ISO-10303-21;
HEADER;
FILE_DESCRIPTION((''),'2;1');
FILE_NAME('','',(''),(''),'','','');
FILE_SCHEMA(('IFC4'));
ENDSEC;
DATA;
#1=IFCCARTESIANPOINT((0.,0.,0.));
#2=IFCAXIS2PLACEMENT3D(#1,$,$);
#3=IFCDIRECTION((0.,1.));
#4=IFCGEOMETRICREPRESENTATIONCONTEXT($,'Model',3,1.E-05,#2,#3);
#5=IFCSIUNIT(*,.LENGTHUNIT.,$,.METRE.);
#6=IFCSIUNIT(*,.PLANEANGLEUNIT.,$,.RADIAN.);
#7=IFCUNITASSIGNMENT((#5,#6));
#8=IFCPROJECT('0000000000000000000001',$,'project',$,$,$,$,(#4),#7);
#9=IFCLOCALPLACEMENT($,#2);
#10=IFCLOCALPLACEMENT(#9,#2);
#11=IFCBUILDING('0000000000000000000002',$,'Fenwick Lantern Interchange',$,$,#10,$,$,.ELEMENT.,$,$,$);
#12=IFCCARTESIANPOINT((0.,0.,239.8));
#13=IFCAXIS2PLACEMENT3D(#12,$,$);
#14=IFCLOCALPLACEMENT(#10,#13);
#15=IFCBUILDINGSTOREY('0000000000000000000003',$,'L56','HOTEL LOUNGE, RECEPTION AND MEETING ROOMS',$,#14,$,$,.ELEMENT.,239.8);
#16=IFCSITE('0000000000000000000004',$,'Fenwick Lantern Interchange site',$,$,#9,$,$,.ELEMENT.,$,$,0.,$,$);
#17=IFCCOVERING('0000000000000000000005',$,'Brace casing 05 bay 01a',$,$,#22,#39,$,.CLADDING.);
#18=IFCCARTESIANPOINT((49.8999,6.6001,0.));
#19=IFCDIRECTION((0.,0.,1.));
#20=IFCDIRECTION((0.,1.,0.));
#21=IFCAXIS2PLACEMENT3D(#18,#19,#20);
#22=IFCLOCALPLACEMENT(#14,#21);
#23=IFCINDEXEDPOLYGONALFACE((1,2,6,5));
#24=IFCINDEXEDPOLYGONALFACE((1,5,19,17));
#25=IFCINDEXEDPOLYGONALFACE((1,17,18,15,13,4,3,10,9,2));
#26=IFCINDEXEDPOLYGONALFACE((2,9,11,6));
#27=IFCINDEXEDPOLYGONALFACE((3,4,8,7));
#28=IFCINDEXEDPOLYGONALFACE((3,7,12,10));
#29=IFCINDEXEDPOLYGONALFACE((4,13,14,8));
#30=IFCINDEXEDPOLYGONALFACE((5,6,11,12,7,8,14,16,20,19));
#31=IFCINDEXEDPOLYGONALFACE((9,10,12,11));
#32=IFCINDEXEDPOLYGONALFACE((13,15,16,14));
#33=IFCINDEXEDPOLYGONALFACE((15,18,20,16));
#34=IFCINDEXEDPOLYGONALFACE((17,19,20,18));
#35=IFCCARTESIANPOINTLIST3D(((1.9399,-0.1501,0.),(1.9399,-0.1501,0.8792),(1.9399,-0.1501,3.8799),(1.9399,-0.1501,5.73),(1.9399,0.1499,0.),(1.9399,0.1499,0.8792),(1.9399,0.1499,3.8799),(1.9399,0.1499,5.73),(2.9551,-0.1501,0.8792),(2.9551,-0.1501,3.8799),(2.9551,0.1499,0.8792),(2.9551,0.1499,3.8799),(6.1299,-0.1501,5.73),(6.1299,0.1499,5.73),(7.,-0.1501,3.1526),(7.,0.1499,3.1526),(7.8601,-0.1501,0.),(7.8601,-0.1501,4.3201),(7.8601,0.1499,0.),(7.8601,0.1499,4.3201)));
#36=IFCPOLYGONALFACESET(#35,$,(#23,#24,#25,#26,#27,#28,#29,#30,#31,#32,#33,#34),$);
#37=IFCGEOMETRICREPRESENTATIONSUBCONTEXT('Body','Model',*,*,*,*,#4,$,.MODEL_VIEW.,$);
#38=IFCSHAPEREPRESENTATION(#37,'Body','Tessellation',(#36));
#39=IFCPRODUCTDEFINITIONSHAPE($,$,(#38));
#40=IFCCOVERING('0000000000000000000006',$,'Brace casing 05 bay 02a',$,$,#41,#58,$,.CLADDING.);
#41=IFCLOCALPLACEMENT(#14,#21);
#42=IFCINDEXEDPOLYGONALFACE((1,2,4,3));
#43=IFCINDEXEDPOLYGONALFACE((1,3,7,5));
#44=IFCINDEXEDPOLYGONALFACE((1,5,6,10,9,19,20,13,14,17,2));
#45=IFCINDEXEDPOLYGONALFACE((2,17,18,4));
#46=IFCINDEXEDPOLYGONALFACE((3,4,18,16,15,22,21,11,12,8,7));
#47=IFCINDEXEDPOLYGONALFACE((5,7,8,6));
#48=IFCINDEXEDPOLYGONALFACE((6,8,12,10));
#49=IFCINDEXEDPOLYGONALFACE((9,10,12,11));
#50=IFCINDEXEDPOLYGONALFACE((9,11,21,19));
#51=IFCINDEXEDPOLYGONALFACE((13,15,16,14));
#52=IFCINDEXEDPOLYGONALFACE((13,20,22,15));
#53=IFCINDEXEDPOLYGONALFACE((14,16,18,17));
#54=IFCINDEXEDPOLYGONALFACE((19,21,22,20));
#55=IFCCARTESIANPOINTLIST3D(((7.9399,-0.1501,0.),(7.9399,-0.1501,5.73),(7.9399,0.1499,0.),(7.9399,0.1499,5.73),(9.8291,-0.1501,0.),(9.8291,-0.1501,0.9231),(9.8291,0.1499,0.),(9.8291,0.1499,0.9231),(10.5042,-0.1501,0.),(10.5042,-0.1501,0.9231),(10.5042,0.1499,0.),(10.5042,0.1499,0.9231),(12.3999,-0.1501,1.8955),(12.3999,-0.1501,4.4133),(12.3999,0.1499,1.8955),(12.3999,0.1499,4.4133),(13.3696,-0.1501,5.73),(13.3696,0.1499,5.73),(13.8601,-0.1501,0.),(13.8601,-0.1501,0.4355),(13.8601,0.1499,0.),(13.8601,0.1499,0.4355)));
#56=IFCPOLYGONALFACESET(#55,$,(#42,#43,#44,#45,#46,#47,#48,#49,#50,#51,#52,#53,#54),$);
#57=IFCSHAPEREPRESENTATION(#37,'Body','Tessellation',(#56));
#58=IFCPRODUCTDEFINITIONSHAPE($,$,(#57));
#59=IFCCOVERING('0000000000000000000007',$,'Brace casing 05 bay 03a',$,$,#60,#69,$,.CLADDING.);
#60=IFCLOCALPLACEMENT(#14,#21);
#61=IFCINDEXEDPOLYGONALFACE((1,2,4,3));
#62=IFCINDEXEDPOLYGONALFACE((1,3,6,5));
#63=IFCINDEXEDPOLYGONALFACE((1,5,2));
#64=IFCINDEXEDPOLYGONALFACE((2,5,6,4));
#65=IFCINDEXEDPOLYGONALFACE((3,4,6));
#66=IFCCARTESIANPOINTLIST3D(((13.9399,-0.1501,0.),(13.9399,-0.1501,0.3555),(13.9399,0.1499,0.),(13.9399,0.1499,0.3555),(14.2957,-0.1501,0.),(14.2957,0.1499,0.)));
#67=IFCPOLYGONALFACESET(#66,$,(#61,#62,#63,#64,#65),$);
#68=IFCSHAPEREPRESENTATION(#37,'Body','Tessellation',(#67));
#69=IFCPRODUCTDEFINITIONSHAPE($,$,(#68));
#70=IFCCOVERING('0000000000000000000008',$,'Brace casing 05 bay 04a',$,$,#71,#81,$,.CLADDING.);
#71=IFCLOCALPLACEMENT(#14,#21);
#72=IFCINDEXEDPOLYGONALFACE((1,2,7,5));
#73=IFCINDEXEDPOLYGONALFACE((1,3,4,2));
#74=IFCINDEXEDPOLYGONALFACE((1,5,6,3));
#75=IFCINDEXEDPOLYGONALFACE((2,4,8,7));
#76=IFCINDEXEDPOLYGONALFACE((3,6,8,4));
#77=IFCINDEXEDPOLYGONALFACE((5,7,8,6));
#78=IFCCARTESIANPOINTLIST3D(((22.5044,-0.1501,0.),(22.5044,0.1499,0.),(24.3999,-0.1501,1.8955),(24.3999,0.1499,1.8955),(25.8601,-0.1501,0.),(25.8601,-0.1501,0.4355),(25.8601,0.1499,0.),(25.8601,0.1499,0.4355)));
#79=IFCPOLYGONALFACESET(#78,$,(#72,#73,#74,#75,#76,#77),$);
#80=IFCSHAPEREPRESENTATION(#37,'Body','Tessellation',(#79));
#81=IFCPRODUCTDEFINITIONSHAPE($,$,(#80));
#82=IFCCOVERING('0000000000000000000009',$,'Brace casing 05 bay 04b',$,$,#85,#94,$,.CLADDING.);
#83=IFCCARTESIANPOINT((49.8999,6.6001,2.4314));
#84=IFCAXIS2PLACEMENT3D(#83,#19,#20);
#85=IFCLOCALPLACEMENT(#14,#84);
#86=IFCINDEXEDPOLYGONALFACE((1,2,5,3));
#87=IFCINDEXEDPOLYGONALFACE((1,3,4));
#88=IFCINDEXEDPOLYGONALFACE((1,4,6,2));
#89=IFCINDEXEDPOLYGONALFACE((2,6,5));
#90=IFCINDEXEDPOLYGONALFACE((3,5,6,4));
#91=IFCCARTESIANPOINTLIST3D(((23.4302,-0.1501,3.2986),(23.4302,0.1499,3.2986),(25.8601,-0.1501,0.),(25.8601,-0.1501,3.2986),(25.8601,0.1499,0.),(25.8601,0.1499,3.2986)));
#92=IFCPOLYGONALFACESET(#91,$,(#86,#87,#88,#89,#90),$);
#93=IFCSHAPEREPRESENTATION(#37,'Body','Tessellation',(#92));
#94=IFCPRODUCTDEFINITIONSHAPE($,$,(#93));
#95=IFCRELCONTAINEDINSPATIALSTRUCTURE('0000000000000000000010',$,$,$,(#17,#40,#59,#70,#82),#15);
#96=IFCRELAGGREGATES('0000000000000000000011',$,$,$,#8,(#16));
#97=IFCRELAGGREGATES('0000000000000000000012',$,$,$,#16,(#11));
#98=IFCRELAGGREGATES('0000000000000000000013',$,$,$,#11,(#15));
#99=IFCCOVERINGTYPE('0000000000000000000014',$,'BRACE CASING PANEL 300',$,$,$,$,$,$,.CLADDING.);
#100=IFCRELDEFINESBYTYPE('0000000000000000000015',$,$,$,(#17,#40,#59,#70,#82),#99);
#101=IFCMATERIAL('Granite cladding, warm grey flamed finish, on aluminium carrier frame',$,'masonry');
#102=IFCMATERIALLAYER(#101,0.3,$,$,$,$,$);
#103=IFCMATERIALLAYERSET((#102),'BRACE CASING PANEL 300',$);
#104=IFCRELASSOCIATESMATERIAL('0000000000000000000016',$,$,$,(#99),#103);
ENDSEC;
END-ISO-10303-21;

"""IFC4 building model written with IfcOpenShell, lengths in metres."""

from ifc_helpers import new_model, si_unit, direction, frame, origin, place, context, subcontext, project, spatial, polyline, outline, extrude, material, layer, layer_set, type_object, element, save


model = new_model("IFC4")

# Units and contexts
model_context = context("Model", 3, precision=1e-05, world=origin(), true_north=direction((0.0, 1.0)))
body_context = subcontext(model_context, "Body", "Model", "MODEL_VIEW")
ifc_project = project(units=[si_unit("LENGTHUNIT", "METRE"), si_unit("PLANEANGLEUNIT", "RADIAN")], contexts=[model_context])

# Site, building, storey
site_placement = place(None, origin())
site = spatial("IfcSite", under=ifc_project, at=site_placement, Name="Fenwick Lantern Interchange site", CompositionType="ELEMENT", RefElevation=0.0)
building_placement = place(site_placement, origin())
building = spatial("IfcBuilding", under=site, at=building_placement, Name="Fenwick Lantern Interchange", CompositionType="ELEMENT")
storey_placement = place(building_placement, frame((0.0, 0.0, 239.8)))
storey = spatial("IfcBuildingStorey", under=building, at=storey_placement, Name="L56", Description="HOTEL LOUNGE, RECEPTION AND MEETING ROOMS", CompositionType="ELEMENT", Elevation=239.8)

# Coverings
ifc_material_1 = material(Name="Granite cladding, warm grey flamed finish, on aluminium carrier frame", Category="masonry")
ifc_layer_1 = layer(ifc_material_1, 0.3)
ifc_layer_set_1 = layer_set([ifc_layer_1], Name="BRACE CASING PANEL 300")
covering_type = type_object("IfcCoveringType", Name="BRACE CASING PANEL 300", PredefinedType="CLADDING", material=ifc_layer_set_1)
covering_1_placement = place(storey_placement, frame((49.8999, 6.6001, 0.0), z_axis=(0.0, 0.0, 1.0), x_axis=(0.0, 1.0, 0.0)))
element("IfcCovering", 1, at=covering_1_placement, inside=storey, type_object=covering_type, Name="Brace casing 05 bay 01a", PredefinedType="CLADDING", context=body_context, shape_type="SweptSolid", body=[
    extrude(outline(polyline([(1.9399, 0.0), (7.8601, 0.0), (7.8601, 4.3201), (7.0, 3.1526), (6.1299, 5.73), (1.9399, 5.73), (1.9399, 3.8799), (2.9551, 3.8799), (2.9551, 0.8792), (1.9399, 0.8792), (1.9399, 0.0)])), frame((0.0, 0.1499, 0.0), z_axis=(0.0, -1.0, 0.0), x_axis=(1.0, 0.0, 0.0)), (0.0, 0.0, 1.0), 0.3),
])
covering_2_placement = place(storey_placement, frame((49.8999, 6.6001, 0.0), z_axis=(0.0, 0.0, 1.0), x_axis=(0.0, 1.0, 0.0)))
element("IfcCovering", 2, at=covering_2_placement, inside=storey, type_object=covering_type, Name="Brace casing 05 bay 02a", PredefinedType="CLADDING", context=body_context, shape_type="SweptSolid", body=[
    extrude(outline(polyline([(7.9399, 0.0), (9.8291, 0.0), (9.8291, 0.9231), (10.5042, 0.9231), (10.5042, 0.0), (13.8601, 0.0), (13.8601, 0.4355), (12.3999, 1.8955), (12.3999, 4.4133), (13.3696, 5.73), (7.9399, 5.73), (7.9399, 0.0)])), frame((0.0, 0.1499, 0.0), z_axis=(0.0, -1.0, 0.0), x_axis=(1.0, 0.0, 0.0)), (0.0, 0.0, 1.0), 0.3),
])
covering_3_placement = place(storey_placement, frame((49.8999, 6.6001, 0.0), z_axis=(0.0, 0.0, 1.0), x_axis=(0.0, 1.0, 0.0)))
element("IfcCovering", 3, at=covering_3_placement, inside=storey, type_object=covering_type, Name="Brace casing 05 bay 03a", PredefinedType="CLADDING", context=body_context, shape_type="SweptSolid", body=[
    extrude(outline(polyline([(13.9399, 0.0), (14.2957, 0.0), (13.9399, 0.3555), (13.9399, 0.0)])), frame((0.0, 0.1499, 0.0), z_axis=(0.0, -1.0, 0.0), x_axis=(1.0, 0.0, 0.0)), (0.0, 0.0, 1.0), 0.3),
])
covering_4_placement = place(storey_placement, frame((49.8999, 6.6001, 0.0), z_axis=(0.0, 0.0, 1.0), x_axis=(0.0, 1.0, 0.0)))
element("IfcCovering", 4, at=covering_4_placement, inside=storey, type_object=covering_type, Name="Brace casing 05 bay 04a", PredefinedType="CLADDING", context=body_context, shape_type="SweptSolid", body=[
    extrude(outline(polyline([(22.5044, 0.0), (25.8601, 0.0), (25.8601, 0.4355), (24.3999, 1.8955), (22.5044, 0.0)])), frame((0.0, 0.1499, 0.0), z_axis=(0.0, -1.0, 0.0), x_axis=(1.0, 0.0, 0.0)), (0.0, 0.0, 1.0), 0.3),
])
covering_5_placement = place(storey_placement, frame((49.8999, 6.6001, 2.4314), z_axis=(0.0, 0.0, 1.0), x_axis=(0.0, 1.0, 0.0)))
element("IfcCovering", 5, at=covering_5_placement, inside=storey, type_object=covering_type, Name="Brace casing 05 bay 04b", PredefinedType="CLADDING", context=body_context, shape_type="SweptSolid", body=[
    extrude(outline(polyline([(25.8601, 0.0), (25.8601, 3.2986), (23.4302, 3.2986), (25.8601, 0.0)])), frame((0.0, 0.1499, 0.0), z_axis=(0.0, -1.0, 0.0), x_axis=(1.0, 0.0, 0.0)), (0.0, 0.0, 1.0), 0.3),
])

save(model, "model.ifc")
